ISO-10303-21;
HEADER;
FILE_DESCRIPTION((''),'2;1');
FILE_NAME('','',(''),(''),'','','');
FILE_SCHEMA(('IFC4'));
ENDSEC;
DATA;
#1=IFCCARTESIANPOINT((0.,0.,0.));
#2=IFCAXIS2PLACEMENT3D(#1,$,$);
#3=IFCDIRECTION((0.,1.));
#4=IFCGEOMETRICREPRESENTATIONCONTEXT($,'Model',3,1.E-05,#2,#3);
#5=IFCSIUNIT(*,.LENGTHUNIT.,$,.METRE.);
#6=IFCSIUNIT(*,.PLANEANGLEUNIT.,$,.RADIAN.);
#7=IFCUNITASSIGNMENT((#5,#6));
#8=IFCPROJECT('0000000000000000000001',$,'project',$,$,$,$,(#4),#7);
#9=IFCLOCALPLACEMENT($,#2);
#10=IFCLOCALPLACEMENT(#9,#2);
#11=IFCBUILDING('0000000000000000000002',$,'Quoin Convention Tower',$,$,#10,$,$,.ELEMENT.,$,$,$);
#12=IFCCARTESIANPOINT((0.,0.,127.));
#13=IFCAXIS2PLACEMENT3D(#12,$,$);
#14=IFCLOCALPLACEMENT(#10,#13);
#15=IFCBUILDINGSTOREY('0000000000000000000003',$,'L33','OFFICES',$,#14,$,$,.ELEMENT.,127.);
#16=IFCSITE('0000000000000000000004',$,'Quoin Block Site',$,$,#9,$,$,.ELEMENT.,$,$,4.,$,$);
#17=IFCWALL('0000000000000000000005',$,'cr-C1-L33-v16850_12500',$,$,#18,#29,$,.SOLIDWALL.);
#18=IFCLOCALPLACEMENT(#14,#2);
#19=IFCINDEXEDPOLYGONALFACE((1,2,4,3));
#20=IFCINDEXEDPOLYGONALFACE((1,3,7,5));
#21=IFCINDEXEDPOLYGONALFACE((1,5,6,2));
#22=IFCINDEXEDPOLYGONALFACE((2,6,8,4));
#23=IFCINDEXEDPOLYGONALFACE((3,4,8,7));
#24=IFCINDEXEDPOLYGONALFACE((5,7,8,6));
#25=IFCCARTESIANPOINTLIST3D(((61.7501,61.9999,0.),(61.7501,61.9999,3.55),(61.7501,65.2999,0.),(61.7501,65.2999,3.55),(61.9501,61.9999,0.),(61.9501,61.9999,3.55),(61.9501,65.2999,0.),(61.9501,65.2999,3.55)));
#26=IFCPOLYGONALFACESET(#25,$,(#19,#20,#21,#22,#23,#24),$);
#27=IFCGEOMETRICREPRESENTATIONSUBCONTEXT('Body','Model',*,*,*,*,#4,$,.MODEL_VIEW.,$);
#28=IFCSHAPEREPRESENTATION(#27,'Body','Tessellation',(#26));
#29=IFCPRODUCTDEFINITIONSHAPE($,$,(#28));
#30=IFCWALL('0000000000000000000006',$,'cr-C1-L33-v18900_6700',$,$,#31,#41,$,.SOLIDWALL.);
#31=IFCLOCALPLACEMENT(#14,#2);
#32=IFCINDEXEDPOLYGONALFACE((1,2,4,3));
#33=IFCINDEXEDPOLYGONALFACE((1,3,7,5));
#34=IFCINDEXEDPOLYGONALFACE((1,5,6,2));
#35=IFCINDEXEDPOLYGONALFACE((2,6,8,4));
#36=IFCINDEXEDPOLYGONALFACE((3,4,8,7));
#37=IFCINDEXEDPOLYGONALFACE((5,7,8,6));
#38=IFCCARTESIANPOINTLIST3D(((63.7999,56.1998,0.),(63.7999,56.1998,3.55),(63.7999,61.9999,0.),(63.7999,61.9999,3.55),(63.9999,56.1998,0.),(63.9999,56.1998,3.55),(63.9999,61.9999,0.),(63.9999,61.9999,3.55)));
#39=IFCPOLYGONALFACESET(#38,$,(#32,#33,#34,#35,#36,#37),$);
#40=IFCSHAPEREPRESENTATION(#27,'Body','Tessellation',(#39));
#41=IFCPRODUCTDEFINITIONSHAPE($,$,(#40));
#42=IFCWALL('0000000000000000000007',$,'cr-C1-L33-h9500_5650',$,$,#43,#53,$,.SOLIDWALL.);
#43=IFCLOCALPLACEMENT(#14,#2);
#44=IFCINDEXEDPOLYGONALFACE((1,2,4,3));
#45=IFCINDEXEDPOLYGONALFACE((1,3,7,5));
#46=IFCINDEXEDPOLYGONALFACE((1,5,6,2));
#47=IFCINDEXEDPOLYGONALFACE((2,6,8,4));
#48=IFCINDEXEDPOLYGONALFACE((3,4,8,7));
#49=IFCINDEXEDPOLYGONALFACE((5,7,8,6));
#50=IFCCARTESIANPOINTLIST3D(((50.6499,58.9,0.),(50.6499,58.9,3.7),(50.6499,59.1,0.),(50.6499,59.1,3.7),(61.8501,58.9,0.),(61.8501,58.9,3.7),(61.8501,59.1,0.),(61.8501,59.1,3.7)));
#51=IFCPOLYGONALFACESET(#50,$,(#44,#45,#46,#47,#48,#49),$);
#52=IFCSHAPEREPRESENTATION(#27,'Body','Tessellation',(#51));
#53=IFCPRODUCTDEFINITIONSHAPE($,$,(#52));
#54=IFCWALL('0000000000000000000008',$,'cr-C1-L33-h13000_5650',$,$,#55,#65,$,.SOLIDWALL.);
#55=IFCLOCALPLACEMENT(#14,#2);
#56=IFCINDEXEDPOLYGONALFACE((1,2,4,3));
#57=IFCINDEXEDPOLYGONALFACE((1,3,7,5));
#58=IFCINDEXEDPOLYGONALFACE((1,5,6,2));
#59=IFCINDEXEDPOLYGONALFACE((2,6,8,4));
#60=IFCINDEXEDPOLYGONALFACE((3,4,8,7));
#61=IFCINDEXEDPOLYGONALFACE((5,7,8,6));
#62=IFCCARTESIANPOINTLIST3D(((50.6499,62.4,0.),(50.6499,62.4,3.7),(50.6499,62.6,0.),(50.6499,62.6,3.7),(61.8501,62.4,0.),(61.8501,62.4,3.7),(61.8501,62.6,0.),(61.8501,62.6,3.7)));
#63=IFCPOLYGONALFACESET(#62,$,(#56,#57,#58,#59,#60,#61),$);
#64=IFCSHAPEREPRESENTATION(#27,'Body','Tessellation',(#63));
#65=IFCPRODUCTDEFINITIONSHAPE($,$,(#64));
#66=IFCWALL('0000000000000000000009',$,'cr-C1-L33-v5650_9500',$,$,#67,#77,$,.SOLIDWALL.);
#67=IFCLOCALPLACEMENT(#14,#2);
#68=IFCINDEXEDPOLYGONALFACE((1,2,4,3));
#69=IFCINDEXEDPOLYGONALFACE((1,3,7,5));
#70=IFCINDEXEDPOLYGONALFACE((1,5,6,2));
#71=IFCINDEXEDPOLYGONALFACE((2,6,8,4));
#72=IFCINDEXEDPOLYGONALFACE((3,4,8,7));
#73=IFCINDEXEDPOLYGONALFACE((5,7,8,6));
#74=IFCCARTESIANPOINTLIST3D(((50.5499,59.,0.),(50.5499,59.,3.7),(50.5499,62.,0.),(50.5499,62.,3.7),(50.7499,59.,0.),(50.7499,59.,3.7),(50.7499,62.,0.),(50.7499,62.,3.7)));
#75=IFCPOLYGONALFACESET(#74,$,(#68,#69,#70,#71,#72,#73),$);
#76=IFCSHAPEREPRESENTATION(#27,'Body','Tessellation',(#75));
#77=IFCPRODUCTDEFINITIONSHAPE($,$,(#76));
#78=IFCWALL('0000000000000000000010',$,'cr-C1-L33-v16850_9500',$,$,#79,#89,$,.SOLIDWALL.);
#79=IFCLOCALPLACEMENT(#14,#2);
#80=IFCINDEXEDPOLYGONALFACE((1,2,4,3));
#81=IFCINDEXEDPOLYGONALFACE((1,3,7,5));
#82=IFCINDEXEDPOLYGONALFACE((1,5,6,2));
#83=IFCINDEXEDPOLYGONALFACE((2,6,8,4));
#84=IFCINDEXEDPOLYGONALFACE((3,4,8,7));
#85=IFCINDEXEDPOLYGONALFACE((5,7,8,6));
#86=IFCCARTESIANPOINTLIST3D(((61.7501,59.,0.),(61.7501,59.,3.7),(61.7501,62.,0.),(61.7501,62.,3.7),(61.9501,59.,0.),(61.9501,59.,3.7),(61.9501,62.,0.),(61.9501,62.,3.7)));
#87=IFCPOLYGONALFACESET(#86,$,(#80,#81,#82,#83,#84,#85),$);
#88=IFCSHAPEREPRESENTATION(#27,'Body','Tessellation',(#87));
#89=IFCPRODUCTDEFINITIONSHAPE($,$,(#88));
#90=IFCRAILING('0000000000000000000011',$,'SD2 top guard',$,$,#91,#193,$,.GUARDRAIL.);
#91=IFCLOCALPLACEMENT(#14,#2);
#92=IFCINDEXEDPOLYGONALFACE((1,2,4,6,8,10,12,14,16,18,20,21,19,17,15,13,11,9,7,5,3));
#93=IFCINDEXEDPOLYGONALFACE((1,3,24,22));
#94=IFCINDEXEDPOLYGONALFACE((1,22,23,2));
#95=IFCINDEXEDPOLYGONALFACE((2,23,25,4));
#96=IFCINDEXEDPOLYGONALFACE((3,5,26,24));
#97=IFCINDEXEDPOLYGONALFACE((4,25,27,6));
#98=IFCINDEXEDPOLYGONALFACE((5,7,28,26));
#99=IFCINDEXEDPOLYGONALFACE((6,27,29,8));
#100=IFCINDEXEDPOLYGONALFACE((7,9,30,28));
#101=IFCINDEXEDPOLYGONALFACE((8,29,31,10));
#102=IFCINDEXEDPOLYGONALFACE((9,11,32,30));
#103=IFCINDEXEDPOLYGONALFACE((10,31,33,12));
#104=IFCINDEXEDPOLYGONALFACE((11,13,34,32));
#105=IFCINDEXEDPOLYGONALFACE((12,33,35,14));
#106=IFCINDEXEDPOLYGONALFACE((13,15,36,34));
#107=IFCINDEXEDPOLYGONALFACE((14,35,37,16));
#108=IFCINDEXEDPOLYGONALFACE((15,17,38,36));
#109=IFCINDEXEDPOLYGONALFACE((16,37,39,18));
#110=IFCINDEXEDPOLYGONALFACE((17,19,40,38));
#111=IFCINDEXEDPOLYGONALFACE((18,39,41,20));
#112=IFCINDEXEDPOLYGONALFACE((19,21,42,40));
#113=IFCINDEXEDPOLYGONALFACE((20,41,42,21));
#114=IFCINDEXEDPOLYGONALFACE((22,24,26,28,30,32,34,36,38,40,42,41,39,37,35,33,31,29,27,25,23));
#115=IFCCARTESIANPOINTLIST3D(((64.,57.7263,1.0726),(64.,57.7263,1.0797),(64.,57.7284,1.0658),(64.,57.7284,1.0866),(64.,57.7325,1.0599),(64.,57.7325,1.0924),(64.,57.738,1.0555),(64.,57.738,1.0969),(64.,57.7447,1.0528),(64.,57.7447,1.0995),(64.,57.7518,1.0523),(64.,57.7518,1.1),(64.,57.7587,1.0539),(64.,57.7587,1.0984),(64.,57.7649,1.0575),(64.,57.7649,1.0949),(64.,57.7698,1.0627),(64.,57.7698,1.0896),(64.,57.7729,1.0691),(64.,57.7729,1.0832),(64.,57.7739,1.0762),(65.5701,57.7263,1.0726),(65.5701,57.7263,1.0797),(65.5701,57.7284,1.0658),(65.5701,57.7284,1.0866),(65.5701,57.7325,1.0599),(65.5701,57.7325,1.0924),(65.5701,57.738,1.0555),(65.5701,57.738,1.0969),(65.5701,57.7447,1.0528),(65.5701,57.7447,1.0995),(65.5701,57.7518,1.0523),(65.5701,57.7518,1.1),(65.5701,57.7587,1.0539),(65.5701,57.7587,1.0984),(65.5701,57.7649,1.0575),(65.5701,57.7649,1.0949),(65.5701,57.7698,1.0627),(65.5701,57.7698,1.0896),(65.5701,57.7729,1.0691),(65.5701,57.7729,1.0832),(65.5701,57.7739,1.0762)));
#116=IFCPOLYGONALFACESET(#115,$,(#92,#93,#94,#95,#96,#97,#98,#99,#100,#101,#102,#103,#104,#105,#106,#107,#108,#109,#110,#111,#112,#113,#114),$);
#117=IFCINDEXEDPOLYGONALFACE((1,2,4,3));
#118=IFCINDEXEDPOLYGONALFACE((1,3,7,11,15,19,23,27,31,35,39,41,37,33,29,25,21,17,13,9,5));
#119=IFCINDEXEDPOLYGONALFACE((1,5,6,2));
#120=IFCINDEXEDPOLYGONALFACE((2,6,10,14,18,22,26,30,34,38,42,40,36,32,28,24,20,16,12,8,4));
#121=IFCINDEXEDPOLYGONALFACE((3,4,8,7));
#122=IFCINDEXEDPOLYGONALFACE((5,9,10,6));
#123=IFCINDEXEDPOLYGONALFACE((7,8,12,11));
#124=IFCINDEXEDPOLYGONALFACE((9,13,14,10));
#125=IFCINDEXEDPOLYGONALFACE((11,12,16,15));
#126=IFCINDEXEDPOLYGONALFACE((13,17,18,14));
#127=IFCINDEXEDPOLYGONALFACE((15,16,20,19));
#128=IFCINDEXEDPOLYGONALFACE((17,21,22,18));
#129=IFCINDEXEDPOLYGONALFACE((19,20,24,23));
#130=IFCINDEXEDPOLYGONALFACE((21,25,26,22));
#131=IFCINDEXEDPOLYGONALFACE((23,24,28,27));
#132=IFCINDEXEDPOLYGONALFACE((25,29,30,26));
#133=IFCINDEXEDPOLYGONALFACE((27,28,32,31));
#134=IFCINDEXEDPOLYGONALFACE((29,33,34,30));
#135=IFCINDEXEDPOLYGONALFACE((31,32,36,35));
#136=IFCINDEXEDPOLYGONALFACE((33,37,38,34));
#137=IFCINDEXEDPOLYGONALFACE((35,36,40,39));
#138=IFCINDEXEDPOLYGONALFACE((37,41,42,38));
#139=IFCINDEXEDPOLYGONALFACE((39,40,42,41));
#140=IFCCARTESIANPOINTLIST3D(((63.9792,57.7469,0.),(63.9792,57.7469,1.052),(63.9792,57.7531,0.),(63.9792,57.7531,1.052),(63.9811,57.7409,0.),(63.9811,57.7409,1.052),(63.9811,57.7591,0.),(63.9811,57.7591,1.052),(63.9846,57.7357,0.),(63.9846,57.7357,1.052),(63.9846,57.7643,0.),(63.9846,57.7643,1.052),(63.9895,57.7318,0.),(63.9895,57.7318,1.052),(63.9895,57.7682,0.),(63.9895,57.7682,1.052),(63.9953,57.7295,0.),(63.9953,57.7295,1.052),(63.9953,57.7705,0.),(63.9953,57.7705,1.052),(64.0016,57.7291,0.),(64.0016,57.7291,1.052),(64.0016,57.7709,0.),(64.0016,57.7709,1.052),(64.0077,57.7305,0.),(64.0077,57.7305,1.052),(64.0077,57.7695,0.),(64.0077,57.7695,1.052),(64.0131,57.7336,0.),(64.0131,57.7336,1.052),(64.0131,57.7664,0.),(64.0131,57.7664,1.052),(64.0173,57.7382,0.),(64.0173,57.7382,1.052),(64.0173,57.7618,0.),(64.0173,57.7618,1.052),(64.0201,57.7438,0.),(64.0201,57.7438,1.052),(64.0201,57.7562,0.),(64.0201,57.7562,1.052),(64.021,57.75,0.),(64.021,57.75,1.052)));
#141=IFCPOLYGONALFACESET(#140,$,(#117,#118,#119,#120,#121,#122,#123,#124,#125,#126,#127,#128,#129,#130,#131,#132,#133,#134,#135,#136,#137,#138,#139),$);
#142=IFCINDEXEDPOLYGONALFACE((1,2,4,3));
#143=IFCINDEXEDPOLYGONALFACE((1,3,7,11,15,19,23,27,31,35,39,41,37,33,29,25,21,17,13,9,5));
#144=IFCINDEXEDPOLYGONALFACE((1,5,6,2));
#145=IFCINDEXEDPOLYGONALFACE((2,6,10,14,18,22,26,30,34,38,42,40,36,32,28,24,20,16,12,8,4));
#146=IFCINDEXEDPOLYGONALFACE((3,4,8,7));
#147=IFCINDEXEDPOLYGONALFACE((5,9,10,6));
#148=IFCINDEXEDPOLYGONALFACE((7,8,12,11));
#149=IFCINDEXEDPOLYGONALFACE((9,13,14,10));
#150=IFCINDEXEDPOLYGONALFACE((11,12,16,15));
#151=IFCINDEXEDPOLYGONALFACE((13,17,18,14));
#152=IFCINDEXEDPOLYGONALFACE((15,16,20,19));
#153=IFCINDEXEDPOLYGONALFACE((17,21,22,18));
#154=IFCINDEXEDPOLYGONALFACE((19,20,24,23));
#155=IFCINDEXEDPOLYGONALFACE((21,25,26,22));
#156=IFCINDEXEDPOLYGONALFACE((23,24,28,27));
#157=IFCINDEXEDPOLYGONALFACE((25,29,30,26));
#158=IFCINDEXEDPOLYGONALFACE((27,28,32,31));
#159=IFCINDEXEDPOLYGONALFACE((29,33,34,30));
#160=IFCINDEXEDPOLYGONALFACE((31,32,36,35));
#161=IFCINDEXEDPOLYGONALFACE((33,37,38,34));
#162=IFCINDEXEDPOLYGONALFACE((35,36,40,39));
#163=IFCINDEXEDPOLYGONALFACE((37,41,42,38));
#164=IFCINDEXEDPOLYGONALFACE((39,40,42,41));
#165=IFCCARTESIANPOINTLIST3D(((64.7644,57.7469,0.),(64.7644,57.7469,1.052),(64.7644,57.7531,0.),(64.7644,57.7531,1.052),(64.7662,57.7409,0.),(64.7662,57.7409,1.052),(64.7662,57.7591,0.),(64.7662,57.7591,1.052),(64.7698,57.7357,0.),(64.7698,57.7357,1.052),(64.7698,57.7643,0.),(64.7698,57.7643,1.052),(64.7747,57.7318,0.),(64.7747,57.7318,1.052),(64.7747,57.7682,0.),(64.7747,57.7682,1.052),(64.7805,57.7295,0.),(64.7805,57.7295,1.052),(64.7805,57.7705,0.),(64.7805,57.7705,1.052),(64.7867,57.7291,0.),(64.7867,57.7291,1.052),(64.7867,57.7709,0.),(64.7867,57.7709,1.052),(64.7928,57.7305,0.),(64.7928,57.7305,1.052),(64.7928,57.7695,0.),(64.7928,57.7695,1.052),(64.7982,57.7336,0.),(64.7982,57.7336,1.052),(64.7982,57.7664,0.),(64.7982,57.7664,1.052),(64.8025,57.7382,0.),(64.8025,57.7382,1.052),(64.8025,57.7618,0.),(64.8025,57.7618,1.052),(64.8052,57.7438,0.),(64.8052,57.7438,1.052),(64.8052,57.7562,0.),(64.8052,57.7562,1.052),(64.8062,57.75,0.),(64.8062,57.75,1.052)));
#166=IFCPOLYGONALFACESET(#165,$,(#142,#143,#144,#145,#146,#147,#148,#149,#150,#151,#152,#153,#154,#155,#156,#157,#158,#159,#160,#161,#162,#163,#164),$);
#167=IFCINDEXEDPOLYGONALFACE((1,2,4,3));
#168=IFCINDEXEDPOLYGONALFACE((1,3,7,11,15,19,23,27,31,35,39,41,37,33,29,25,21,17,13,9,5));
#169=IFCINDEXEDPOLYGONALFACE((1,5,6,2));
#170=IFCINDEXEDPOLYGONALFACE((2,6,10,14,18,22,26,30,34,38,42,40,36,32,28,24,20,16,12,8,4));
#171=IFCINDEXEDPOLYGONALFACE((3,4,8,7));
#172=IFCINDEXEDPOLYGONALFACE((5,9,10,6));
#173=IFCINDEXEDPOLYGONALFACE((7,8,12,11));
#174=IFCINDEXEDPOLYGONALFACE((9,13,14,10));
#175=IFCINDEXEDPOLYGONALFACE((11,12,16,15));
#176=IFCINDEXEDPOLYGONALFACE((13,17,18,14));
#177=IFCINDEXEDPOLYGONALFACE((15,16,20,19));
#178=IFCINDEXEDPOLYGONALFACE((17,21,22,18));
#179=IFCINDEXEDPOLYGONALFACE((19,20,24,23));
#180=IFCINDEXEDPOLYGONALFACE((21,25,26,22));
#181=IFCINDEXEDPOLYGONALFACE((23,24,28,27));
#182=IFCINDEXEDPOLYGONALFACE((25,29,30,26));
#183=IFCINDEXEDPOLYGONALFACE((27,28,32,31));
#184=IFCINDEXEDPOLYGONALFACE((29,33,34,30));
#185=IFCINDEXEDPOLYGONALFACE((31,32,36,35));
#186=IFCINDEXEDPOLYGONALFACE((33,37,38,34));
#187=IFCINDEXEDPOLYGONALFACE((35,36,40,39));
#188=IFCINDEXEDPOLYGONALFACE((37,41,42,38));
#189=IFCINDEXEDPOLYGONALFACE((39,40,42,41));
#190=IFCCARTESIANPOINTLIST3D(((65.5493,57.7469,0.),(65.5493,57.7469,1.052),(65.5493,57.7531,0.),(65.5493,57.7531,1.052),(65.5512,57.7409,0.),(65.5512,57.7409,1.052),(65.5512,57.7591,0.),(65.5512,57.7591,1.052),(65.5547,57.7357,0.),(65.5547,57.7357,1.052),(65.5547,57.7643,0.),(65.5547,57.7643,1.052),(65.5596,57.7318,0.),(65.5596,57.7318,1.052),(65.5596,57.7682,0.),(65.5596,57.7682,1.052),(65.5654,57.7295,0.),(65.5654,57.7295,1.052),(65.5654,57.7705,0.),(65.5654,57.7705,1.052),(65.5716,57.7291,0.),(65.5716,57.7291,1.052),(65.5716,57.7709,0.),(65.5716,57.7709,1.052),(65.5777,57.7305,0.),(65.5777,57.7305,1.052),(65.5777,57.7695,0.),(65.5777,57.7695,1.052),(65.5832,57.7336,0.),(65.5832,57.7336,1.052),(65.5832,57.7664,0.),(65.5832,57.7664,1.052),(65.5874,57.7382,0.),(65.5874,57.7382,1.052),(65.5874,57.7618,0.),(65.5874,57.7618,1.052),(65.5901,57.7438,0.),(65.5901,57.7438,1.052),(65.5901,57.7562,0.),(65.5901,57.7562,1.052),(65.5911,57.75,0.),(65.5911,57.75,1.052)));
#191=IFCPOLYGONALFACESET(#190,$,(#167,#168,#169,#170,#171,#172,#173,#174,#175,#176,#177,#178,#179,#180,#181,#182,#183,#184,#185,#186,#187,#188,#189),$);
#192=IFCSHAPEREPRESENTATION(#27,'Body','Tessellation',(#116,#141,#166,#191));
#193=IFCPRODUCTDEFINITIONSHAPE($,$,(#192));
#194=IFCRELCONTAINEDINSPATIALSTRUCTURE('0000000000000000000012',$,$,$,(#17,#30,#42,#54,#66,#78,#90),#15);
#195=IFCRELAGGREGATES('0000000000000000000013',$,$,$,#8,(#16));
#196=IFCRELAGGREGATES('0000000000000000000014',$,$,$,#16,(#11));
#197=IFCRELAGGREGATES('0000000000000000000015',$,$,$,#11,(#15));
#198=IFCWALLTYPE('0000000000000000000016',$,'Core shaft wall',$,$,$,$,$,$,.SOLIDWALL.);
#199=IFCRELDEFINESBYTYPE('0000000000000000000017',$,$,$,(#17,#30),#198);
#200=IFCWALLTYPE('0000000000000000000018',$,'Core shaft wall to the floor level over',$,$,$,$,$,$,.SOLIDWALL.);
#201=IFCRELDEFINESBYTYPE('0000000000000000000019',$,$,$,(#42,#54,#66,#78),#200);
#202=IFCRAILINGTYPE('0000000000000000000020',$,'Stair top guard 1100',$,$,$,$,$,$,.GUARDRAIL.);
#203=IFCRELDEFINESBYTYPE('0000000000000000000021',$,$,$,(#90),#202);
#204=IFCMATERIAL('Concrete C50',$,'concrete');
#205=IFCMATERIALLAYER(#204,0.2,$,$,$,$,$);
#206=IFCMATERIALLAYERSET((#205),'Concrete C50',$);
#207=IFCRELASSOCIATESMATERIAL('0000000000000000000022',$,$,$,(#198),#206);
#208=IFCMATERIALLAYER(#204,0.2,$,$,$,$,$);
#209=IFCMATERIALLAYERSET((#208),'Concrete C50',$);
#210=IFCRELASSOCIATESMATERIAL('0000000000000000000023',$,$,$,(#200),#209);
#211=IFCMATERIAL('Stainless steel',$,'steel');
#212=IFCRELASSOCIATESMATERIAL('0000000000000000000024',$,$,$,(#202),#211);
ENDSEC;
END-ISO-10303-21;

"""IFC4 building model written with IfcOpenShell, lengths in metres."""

from ifc_helpers import new_model, si_unit, direction, frame, frame_2d, origin, origin_2d, place, context, subcontext, project, spatial, rectangle, circle, extrude, material, layer, layer_set, type_object, element, save


model = new_model("IFC4")

# Units and contexts
model_context = context("Model", 3, precision=1e-05, world=origin(), true_north=direction((0.0, 1.0)))
body_context = subcontext(model_context, "Body", "Model", "MODEL_VIEW")
ifc_project = project(units=[si_unit("LENGTHUNIT", "METRE"), si_unit("PLANEANGLEUNIT", "RADIAN")], contexts=[model_context])

# Site, building, storey
site_placement = place(None, origin())
site = spatial("IfcSite", under=ifc_project, at=site_placement, Name="Quoin Block Site", CompositionType="ELEMENT", RefElevation=4.0)
building_placement = place(site_placement, origin())
building = spatial("IfcBuilding", under=site, at=building_placement, Name="Quoin Convention Tower", CompositionType="ELEMENT")
storey_placement = place(building_placement, frame((0.0, 0.0, 127.0)))
storey = spatial("IfcBuildingStorey", under=building, at=storey_placement, Name="L33", Description="OFFICES", CompositionType="ELEMENT", Elevation=127.0)

# Shared definitions
ifc_material_1 = material(Name="Concrete C50", Category="concrete")
ifc_layer_1 = layer(ifc_material_1, 0.2)
ifc_layer_set_1 = layer_set([ifc_layer_1], Name="Concrete C50")
wall_type_1 = type_object("IfcWallType", Name="Core shaft wall", PredefinedType="SOLIDWALL", material=ifc_layer_set_1)

# Walls
wall_1_placement = place(storey_placement, frame((61.8501, 62.0, 0.0), z_axis=(0.0, 0.0, 1.0), x_axis=(0.0, 1.0, 0.0)))
element("IfcWall", 1, at=wall_1_placement, inside=storey, type_object=wall_type_1, Name="cr-C1-L33-v16850_12500", PredefinedType="SOLIDWALL", context=body_context, shape_type="SweptSolid", body=[
    extrude(rectangle(XDim=3.3, YDim=0.2, at=frame_2d((1.6499, 0.0))), origin(), (0.0, 0.0, 1.0), 3.55),
])
wall_2_placement = place(storey_placement, frame((63.8999, 56.2, 0.0), z_axis=(0.0, 0.0, 1.0), x_axis=(0.0, 1.0, 0.0)))
element("IfcWall", 2, at=wall_2_placement, inside=storey, type_object=wall_type_1, Name="cr-C1-L33-v18900_6700", PredefinedType="SOLIDWALL", context=body_context, shape_type="SweptSolid", body=[
    extrude(rectangle(XDim=5.8, YDim=0.2, at=frame_2d((2.8999, 0.0))), origin(), (0.0, 0.0, 1.0), 3.55),
])
ifc_layer_2 = layer(ifc_material_1, 0.2)
ifc_layer_set_2 = layer_set([ifc_layer_2], Name="Concrete C50")
wall_type_2 = type_object("IfcWallType", Name="Core shaft wall to the floor level over", PredefinedType="SOLIDWALL", material=ifc_layer_set_2)
for number, where, z_axis, x_axis, name in (
    (3, (50.6499, 59.0, 0.0), (0.0, 0.0, 1.0), (1.0, 0.0, 0.0), "cr-C1-L33-h9500_5650"),
    (4, (50.6499, 62.5, 0.0), (0.0, 0.0, 1.0), (1.0, 0.0, 0.0), "cr-C1-L33-h13000_5650"),
):
    element("IfcWall", number, at=place(storey_placement, frame(where, z_axis=z_axis, x_axis=x_axis)), inside=storey, type_object=wall_type_2, Name=name, PredefinedType="SOLIDWALL", context=body_context, shape_type="SweptSolid", body=[
        extrude(rectangle(XDim=11.2002, YDim=0.2, at=frame_2d((5.6001, 0.0))), origin(), (0.0, 0.0, 1.0), 3.7),
    ])
for number, where, z_axis, x_axis, name in (
    (5, (50.6499, 59.0, 0.0), (0.0, 0.0, 1.0), (0.0, 1.0, 0.0), "cr-C1-L33-v5650_9500"),
    (6, (61.8501, 59.0, 0.0), (0.0, 0.0, 1.0), (0.0, 1.0, 0.0), "cr-C1-L33-v16850_9500"),
):
    element("IfcWall", number, at=place(storey_placement, frame(where, z_axis=z_axis, x_axis=x_axis)), inside=storey, type_object=wall_type_2, Name=name, PredefinedType="SOLIDWALL", context=body_context, shape_type="SweptSolid", body=[
        extrude(rectangle(XDim=3.0, YDim=0.2, at=frame_2d((1.5, 0.0))), origin(), (0.0, 0.0, 1.0), 3.7),
    ])

# Railing
ifc_material_2 = material(Name="Stainless steel", Category="steel")
railing_type = type_object("IfcRailingType", Name="Stair top guard 1100", PredefinedType="GUARDRAIL", material=ifc_material_2)
railing_placement = place(storey_placement, frame((64.0, 57.75, 0.0)))
element("IfcRailing", 7, at=railing_placement, inside=storey, type_object=railing_type, Name="SD2 top guard", PredefinedType="GUARDRAIL", context=body_context, shape_type="SweptSolid", body=[
    extrude(circle(Radius=0.0239, at=origin_2d()), frame((0.0, 0.0, 1.0762), z_axis=(1.0, 0.0, 0.0), x_axis=(0.0, 1.0, 0.0)), (0.0, 0.0, 1.0), 1.5701),
    extrude(circle(Radius=0.021, at=origin_2d()), origin(), (0.0, 0.0, 1.0), 1.052),
    extrude(circle(Radius=0.021, at=origin_2d()), frame((0.7852, 0.0, 0.0)), (0.0, 0.0, 1.0), 1.052),
    extrude(circle(Radius=0.021, at=origin_2d()), frame((1.5701, 0.0, 0.0)), (0.0, 0.0, 1.0), 1.052),
])

save(model, "model.ifc")
